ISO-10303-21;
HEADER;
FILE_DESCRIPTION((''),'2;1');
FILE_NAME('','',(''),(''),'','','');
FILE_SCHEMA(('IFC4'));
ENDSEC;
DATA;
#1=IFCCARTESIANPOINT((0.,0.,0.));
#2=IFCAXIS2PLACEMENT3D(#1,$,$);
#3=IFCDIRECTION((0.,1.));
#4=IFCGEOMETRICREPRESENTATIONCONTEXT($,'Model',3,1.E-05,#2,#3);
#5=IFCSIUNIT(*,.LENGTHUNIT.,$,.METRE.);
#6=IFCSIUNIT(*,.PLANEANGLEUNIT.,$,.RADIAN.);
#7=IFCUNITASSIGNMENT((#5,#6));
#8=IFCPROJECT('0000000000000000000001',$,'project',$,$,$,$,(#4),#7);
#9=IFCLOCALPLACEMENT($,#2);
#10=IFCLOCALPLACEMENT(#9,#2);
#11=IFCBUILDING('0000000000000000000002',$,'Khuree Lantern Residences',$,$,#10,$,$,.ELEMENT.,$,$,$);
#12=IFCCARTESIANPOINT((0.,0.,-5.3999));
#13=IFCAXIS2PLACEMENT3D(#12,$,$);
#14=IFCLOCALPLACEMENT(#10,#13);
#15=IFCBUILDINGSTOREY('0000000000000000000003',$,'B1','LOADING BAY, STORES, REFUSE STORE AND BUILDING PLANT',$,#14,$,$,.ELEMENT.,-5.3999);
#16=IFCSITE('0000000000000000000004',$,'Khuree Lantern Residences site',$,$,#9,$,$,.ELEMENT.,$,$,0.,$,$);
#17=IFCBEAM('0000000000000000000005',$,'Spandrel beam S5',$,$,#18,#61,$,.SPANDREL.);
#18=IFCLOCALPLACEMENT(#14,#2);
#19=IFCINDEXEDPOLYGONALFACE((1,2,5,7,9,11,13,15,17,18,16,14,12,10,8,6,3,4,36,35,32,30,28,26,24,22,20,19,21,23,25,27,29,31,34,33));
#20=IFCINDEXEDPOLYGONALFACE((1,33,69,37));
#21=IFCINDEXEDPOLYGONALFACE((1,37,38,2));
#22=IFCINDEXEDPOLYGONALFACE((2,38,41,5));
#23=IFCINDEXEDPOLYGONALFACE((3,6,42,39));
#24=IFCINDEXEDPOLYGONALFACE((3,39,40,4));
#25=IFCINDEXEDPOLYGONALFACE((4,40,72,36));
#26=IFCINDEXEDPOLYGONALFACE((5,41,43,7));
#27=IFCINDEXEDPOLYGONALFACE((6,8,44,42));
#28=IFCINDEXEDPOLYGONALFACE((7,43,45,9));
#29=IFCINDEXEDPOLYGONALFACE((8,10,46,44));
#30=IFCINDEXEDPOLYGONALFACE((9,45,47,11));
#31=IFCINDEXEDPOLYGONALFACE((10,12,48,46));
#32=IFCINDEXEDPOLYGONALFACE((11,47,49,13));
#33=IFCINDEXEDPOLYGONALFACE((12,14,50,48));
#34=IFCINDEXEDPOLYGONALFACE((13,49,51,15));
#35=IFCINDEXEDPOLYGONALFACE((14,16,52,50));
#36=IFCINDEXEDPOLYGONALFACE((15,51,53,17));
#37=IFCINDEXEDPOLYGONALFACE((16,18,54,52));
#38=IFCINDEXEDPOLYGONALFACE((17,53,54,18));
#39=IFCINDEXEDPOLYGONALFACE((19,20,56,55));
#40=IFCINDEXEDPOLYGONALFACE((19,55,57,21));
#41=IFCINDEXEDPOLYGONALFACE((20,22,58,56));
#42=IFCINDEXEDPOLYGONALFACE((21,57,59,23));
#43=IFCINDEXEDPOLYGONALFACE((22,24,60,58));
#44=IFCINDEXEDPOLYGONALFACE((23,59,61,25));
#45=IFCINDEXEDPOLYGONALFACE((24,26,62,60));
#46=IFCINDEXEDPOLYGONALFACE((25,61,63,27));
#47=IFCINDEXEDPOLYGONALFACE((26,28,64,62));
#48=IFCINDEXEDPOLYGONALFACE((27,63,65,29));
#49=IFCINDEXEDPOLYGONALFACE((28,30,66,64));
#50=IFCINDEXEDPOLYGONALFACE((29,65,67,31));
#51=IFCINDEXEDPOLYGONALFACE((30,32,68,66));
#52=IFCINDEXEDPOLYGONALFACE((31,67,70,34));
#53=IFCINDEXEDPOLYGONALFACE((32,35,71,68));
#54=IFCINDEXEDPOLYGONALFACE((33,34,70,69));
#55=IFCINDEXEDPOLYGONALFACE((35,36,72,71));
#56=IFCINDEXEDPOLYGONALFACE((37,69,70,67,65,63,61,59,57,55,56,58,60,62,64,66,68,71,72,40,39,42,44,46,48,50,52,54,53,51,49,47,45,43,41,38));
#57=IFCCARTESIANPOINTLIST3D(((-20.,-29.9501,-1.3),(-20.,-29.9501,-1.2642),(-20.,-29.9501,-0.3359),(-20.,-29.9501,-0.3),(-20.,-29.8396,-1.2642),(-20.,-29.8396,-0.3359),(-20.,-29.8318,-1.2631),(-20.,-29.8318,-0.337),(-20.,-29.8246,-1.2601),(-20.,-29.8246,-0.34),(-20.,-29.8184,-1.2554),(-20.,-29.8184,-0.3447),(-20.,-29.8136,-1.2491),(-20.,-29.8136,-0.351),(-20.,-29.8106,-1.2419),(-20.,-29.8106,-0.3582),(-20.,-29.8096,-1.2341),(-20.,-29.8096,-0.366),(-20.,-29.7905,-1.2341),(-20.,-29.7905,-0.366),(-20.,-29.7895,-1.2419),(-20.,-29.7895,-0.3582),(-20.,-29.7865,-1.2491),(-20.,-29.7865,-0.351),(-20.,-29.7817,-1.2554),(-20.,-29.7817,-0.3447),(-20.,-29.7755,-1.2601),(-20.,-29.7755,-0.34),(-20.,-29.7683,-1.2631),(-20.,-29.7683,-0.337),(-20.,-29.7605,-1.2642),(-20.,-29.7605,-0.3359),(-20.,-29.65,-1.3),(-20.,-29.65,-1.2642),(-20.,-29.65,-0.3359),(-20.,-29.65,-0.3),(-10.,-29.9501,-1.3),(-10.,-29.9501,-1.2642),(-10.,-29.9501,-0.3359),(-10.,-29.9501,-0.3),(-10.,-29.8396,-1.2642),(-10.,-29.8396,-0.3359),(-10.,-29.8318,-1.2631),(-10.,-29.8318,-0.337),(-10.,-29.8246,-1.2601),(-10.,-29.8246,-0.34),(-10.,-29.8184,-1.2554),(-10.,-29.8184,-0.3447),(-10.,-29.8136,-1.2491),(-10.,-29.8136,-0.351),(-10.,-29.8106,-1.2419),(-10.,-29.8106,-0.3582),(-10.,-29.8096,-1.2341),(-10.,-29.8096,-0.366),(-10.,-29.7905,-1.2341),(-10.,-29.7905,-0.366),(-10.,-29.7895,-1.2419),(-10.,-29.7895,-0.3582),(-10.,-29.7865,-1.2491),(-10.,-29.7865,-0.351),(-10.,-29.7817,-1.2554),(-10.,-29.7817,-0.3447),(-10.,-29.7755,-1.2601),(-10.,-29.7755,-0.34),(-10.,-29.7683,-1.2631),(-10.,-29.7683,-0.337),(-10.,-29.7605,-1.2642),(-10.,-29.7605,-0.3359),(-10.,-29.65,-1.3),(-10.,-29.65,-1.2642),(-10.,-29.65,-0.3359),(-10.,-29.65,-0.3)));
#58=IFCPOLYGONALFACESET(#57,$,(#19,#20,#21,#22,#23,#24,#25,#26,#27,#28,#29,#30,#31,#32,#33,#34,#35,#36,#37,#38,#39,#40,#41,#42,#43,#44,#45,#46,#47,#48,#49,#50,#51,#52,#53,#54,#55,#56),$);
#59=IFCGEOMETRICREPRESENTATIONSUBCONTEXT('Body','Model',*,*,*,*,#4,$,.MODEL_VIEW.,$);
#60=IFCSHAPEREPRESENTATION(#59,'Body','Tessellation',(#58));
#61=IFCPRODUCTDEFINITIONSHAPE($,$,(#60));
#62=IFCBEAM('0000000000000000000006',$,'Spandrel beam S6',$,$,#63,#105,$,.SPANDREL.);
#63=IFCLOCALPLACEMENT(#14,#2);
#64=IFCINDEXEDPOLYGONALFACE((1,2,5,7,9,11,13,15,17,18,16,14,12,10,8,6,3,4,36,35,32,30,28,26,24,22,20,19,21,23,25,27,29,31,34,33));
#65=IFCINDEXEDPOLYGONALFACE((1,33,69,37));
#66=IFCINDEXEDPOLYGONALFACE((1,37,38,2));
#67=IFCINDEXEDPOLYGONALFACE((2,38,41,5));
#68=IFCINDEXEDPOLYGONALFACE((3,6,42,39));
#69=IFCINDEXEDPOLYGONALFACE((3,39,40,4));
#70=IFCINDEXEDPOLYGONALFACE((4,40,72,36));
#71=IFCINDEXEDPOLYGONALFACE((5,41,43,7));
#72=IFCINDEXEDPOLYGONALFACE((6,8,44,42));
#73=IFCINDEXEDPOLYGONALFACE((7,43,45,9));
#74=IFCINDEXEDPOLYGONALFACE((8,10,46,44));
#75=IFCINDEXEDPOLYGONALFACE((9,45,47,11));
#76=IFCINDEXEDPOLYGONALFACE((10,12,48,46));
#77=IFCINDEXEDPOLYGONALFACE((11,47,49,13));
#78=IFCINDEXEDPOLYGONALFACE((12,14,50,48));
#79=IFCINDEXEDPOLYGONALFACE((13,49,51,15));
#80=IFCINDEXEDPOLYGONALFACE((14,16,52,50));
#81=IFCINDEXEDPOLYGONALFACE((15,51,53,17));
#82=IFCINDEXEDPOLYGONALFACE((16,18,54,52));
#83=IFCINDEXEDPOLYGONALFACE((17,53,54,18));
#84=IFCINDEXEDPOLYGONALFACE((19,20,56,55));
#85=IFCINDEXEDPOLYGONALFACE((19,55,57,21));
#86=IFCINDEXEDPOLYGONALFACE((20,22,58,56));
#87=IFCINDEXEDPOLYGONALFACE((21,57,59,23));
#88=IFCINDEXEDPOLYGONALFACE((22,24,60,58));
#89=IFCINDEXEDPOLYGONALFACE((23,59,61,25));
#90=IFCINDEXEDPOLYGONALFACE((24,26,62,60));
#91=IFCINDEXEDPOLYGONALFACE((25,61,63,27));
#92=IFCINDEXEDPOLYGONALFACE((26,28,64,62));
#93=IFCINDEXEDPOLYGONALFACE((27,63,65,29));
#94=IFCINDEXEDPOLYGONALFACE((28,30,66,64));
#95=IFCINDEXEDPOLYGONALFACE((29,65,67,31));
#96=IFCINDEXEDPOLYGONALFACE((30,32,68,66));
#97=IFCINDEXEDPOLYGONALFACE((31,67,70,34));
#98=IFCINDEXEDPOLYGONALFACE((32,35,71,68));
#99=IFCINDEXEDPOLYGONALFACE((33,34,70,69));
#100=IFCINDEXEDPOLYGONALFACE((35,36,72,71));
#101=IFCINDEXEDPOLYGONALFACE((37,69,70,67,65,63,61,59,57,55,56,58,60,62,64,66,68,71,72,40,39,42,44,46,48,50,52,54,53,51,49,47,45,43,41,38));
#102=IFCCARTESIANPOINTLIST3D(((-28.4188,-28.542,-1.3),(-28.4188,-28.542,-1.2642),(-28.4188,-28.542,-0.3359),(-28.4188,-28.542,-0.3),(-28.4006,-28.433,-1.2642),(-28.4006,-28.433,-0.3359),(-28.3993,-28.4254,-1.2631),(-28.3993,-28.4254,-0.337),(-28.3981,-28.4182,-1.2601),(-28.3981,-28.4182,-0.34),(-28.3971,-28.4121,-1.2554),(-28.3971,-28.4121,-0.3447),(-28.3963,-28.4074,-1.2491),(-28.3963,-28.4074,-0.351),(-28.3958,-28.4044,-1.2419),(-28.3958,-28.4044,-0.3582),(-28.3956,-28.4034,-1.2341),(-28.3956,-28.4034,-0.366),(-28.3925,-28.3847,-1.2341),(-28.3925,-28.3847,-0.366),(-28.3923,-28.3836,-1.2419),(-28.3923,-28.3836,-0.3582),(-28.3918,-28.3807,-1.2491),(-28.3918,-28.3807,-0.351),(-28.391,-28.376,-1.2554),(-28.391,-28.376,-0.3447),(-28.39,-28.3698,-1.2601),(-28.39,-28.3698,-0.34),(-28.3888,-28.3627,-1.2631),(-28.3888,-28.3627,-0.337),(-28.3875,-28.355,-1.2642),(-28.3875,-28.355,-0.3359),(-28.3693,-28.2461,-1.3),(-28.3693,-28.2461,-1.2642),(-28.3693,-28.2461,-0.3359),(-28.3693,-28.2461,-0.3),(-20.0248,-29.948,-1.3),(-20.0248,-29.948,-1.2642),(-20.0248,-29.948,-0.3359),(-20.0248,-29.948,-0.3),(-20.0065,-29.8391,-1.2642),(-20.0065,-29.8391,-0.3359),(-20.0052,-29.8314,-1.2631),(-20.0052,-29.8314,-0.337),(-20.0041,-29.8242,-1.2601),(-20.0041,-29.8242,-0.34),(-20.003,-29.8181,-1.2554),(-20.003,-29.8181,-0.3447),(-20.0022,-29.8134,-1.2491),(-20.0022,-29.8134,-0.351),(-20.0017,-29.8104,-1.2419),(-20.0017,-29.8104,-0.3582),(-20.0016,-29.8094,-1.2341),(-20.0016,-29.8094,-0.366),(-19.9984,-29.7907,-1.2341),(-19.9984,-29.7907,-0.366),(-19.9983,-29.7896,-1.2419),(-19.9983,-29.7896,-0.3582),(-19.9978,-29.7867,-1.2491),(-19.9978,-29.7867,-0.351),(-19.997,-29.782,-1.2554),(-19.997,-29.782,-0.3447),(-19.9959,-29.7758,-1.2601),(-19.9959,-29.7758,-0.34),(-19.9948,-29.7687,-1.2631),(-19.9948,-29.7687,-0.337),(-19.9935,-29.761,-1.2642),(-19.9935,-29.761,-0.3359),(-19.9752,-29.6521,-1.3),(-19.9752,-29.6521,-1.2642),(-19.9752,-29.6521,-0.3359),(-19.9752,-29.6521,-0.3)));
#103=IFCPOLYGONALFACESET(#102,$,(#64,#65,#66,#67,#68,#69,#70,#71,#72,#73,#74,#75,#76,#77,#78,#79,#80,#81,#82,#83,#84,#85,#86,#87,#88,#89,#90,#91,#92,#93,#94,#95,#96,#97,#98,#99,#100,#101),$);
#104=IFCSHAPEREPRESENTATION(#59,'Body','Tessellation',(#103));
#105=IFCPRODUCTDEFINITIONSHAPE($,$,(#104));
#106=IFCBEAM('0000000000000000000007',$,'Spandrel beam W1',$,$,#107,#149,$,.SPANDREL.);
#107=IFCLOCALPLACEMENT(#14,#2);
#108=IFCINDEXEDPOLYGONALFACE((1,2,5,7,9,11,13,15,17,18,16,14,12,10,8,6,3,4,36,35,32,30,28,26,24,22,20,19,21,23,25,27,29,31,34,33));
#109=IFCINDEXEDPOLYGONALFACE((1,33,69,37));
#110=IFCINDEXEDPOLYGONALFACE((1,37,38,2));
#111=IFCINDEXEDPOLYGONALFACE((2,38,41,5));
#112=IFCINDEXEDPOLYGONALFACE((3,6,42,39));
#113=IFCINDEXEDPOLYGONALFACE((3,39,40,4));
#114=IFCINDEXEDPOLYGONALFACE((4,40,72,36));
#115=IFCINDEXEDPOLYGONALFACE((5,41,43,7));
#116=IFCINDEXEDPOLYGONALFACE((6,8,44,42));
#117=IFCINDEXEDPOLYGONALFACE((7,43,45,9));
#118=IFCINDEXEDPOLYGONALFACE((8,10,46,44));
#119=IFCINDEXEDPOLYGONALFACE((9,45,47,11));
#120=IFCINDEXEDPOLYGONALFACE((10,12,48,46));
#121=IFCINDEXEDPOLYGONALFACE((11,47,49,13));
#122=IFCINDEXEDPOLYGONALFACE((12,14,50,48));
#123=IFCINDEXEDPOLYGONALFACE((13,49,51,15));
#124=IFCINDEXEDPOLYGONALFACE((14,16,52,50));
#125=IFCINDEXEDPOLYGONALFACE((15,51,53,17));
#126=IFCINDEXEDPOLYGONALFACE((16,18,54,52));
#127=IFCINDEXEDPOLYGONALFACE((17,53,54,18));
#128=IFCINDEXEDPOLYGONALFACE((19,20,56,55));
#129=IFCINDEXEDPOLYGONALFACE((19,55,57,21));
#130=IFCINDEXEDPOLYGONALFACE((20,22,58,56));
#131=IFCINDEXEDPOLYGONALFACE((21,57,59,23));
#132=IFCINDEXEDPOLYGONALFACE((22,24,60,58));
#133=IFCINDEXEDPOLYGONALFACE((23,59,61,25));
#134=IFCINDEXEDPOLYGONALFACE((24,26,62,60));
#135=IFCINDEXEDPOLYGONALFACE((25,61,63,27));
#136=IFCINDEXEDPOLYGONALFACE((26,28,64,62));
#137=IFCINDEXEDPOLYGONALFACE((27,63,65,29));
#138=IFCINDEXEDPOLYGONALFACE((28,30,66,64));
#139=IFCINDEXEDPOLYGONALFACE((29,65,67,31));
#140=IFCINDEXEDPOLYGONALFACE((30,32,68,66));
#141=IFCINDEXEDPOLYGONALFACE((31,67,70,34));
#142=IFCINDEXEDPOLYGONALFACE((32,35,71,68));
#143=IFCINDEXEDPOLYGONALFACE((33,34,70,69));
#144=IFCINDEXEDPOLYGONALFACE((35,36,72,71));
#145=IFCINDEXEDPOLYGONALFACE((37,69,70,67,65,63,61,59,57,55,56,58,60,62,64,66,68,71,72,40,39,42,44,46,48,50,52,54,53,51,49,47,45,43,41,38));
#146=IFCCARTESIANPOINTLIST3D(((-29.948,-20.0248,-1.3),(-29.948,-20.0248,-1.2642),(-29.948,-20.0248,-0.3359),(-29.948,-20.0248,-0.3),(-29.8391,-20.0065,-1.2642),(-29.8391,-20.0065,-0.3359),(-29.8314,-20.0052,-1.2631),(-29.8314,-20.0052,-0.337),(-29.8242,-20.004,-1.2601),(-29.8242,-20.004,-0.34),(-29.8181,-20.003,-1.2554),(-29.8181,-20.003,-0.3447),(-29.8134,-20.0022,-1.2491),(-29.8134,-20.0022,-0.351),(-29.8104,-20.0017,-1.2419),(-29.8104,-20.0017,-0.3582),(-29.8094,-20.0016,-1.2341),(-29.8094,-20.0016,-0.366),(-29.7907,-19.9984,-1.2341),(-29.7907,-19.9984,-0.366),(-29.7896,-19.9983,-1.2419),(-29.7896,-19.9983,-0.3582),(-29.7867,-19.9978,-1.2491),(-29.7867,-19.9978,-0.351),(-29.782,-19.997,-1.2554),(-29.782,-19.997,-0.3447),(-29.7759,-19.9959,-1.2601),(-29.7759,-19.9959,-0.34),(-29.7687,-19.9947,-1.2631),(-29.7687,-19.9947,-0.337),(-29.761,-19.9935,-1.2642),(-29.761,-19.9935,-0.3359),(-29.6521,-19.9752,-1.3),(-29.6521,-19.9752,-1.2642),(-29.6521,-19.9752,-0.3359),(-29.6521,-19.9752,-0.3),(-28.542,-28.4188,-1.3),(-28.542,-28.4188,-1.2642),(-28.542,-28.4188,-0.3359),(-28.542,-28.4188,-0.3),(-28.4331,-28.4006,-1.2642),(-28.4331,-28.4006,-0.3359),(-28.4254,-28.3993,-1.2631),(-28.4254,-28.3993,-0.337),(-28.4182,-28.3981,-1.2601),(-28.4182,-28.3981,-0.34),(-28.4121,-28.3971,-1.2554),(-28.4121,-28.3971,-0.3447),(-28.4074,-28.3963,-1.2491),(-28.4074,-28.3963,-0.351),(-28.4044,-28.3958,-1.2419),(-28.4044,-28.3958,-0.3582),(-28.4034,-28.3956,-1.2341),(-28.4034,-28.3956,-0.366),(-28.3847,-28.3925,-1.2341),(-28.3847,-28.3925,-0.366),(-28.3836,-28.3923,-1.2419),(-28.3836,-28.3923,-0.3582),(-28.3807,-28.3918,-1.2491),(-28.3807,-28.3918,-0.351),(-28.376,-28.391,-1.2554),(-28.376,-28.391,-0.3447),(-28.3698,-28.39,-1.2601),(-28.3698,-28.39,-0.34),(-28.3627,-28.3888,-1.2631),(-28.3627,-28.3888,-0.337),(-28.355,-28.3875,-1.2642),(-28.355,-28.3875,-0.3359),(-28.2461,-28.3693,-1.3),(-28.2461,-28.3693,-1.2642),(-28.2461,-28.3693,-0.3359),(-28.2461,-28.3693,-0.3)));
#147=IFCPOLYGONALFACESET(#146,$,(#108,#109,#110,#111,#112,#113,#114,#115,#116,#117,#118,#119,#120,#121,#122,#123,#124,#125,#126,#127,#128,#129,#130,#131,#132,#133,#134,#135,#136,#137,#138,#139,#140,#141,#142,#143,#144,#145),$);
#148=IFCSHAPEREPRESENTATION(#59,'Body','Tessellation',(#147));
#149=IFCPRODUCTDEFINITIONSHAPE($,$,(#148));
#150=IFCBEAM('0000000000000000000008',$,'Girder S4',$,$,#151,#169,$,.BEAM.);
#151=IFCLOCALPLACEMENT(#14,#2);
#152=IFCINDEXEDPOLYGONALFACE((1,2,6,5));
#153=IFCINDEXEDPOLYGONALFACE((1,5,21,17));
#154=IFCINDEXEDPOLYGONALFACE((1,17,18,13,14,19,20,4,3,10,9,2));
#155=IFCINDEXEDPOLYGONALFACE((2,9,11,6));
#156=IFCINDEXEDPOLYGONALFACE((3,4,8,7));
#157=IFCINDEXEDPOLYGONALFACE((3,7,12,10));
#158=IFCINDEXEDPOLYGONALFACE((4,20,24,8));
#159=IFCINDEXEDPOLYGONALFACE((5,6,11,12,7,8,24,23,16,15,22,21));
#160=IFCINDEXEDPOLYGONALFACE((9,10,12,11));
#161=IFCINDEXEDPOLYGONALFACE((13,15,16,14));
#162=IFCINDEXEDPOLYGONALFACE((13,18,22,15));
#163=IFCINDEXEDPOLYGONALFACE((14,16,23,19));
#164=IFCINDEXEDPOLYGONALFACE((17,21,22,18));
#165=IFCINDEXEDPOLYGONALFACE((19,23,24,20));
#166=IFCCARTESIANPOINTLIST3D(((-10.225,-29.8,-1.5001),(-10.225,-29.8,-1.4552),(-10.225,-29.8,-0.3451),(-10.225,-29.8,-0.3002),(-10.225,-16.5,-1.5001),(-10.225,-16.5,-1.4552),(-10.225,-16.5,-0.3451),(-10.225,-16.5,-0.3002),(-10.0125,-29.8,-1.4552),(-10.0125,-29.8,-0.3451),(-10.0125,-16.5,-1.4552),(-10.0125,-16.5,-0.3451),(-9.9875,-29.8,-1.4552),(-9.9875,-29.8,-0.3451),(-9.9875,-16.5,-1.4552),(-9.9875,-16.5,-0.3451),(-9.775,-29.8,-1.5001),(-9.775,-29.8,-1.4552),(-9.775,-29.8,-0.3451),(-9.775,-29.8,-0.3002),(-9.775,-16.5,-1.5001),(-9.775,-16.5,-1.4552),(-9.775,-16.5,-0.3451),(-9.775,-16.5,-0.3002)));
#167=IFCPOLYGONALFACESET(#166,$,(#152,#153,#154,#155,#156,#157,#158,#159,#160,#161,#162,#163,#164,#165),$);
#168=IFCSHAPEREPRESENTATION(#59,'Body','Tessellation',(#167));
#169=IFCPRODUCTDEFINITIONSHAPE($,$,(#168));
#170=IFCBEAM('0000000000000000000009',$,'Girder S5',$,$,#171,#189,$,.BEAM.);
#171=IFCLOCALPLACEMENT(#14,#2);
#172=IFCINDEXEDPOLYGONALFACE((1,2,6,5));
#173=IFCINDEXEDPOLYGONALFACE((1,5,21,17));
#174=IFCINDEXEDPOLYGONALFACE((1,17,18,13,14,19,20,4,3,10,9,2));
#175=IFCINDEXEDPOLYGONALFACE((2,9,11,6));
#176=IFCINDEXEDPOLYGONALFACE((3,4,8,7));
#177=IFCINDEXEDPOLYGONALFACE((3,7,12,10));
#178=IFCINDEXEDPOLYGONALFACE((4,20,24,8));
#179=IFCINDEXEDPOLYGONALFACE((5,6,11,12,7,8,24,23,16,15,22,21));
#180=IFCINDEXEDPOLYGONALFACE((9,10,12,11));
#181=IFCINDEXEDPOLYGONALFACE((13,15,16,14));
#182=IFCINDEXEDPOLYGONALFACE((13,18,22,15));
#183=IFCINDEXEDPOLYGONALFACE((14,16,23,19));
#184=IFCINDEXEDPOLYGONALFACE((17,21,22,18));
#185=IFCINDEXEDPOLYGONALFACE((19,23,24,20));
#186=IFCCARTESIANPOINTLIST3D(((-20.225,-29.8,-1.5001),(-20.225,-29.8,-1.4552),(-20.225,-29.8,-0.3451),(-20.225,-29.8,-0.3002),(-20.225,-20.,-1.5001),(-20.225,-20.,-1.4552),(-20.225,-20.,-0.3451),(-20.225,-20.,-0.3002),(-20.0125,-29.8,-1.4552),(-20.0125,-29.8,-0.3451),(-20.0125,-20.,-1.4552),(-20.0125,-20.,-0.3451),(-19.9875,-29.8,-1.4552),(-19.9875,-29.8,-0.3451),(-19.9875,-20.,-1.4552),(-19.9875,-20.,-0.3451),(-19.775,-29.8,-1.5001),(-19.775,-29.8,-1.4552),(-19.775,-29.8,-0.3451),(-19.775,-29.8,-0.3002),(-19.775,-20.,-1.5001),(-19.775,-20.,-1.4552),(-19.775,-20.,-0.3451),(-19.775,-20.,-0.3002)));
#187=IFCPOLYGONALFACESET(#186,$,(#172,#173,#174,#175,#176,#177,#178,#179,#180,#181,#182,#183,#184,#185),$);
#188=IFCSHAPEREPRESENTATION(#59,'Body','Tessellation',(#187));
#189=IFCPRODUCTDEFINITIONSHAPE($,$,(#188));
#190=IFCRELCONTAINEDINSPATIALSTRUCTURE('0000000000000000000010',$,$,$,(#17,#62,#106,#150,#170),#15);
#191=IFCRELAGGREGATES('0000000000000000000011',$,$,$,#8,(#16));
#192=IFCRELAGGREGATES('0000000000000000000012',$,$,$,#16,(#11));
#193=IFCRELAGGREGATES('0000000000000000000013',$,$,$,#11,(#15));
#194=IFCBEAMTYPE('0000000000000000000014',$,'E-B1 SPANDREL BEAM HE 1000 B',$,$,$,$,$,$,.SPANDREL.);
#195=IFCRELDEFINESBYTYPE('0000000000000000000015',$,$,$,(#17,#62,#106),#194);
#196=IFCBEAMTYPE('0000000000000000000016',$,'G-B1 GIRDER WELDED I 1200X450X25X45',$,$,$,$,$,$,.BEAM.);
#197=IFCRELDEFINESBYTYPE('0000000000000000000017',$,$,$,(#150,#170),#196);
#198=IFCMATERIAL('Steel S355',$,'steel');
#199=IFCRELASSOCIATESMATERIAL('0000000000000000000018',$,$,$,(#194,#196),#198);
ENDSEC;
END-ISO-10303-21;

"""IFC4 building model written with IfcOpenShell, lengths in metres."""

from ifc_helpers import new_model, si_unit, direction, frame, origin, origin_2d, place, context, subcontext, project, spatial, i_section, extrude, material, material_profile, profile_set, type_object, element, save


model = new_model("IFC4")

# Units and contexts
model_context = context("Model", 3, precision=1e-05, world=origin(), true_north=direction((0.0, 1.0)))
body_context = subcontext(model_context, "Body", "Model", "MODEL_VIEW")
ifc_project = project(units=[si_unit("LENGTHUNIT", "METRE"), si_unit("PLANEANGLEUNIT", "RADIAN")], contexts=[model_context])

# Site, building, storey
site_placement = place(None, origin())
site = spatial("IfcSite", under=ifc_project, at=site_placement, Name="Khuree Lantern Residences site", CompositionType="ELEMENT", RefElevation=0.0)
building_placement = place(site_placement, origin())
building = spatial("IfcBuilding", under=site, at=building_placement, Name="Khuree Lantern Residences", CompositionType="ELEMENT")
storey_placement = place(building_placement, frame((0.0, 0.0, -5.3999)))
storey = spatial("IfcBuildingStorey", under=building, at=storey_placement, Name="B1", Description="LOADING BAY, STORES, REFUSE STORE AND BUILDING PLANT", CompositionType="ELEMENT", Elevation=-5.3999)

# Beams
ifc_material_1 = material(Name="Steel S355", Category="steel")
ifc_material_profile_1 = material_profile(ifc_material_1, i_section(OverallWidth=0.3, OverallDepth=1.0, WebThickness=0.019, FlangeThickness=0.0359, FilletRadius=0.03, at=origin_2d()), Name="HE 1000 B")
ifc_profile_set_1 = profile_set([ifc_material_profile_1], Name="Steel S355")
beam_type_1 = type_object("IfcBeamType", Name="E-B1 SPANDREL BEAM HE 1000 B", PredefinedType="SPANDREL", material=ifc_profile_set_1)
beam_1_placement = place(storey_placement, frame((-10.0, -29.8, -0.8), z_axis=(-1.0, 0.0, 0.0), x_axis=(0.0, -1.0, 0.0)))
element("IfcBeam", 1, at=beam_1_placement, inside=storey, type_object=beam_type_1, Name="Spandrel beam S5", PredefinedType="SPANDREL", context=body_context, shape_type="SweptSolid", body=[
    extrude(i_section(OverallWidth=0.3, OverallDepth=1.0, WebThickness=0.019, FlangeThickness=0.0359, FilletRadius=0.03, at=origin_2d()), origin(), (0.0, 0.0, 1.0), 10.0),
])
for number, where, z_axis, x_axis, name in (
    (2, (-20.0, -29.8, -0.8), (-0.98626, 0.165199, 0.0), (-0.165199, -0.98626, 0.0), "Spandrel beam S6"),
    (3, (-28.394, -28.394, -0.8), (-0.165199, 0.98626, 0.0), (-0.98626, -0.165199, 0.0), "Spandrel beam W1"),
):
    element("IfcBeam", number, at=place(storey_placement, frame(where, z_axis=z_axis, x_axis=x_axis)), inside=storey, type_object=beam_type_1, Name=name, PredefinedType="SPANDREL", context=body_context, shape_type="SweptSolid", body=[
        extrude(i_section(OverallWidth=0.3, OverallDepth=1.0, WebThickness=0.019, FlangeThickness=0.0359, FilletRadius=0.03, at=origin_2d()), origin(), (0.0, 0.0, 1.0), 8.511),
    ])
ifc_material_profile_2 = material_profile(ifc_material_1, i_section(OverallWidth=0.45, OverallDepth=1.2, WebThickness=0.0249, FlangeThickness=0.0449, at=origin_2d()), Name="WELDED I 1200X450X25X45")
ifc_profile_set_2 = profile_set([ifc_material_profile_2], Name="Steel S355")
beam_type_2 = type_object("IfcBeamType", Name="G-B1 GIRDER WELDED I 1200X450X25X45", PredefinedType="BEAM", material=ifc_profile_set_2)
beam_2_placement = place(storey_placement, frame((-10.0, -29.8, -0.9001), z_axis=(0.0, 1.0, 0.0), x_axis=(-1.0, 0.0, 0.0)))
element("IfcBeam", 4, at=beam_2_placement, inside=storey, type_object=beam_type_2, Name="Girder S4", PredefinedType="BEAM", context=body_context, shape_type="SweptSolid", body=[
    extrude(i_section(OverallWidth=0.45, OverallDepth=1.2, WebThickness=0.0249, FlangeThickness=0.0449, at=origin_2d()), origin(), (0.0, 0.0, 1.0), 13.3),
])
beam_3_placement = place(storey_placement, frame((-20.0, -29.8, -0.9001), z_axis=(0.0, 1.0, 0.0), x_axis=(-1.0, 0.0, 0.0)))
element("IfcBeam", 5, at=beam_3_placement, inside=storey, type_object=beam_type_2, Name="Girder S5", PredefinedType="BEAM", context=body_context, shape_type="SweptSolid", body=[
    extrude(i_section(OverallWidth=0.45, OverallDepth=1.2, WebThickness=0.0249, FlangeThickness=0.0449, at=origin_2d()), origin(), (0.0, 0.0, 1.0), 9.8),
])

save(model, "model.ifc")
